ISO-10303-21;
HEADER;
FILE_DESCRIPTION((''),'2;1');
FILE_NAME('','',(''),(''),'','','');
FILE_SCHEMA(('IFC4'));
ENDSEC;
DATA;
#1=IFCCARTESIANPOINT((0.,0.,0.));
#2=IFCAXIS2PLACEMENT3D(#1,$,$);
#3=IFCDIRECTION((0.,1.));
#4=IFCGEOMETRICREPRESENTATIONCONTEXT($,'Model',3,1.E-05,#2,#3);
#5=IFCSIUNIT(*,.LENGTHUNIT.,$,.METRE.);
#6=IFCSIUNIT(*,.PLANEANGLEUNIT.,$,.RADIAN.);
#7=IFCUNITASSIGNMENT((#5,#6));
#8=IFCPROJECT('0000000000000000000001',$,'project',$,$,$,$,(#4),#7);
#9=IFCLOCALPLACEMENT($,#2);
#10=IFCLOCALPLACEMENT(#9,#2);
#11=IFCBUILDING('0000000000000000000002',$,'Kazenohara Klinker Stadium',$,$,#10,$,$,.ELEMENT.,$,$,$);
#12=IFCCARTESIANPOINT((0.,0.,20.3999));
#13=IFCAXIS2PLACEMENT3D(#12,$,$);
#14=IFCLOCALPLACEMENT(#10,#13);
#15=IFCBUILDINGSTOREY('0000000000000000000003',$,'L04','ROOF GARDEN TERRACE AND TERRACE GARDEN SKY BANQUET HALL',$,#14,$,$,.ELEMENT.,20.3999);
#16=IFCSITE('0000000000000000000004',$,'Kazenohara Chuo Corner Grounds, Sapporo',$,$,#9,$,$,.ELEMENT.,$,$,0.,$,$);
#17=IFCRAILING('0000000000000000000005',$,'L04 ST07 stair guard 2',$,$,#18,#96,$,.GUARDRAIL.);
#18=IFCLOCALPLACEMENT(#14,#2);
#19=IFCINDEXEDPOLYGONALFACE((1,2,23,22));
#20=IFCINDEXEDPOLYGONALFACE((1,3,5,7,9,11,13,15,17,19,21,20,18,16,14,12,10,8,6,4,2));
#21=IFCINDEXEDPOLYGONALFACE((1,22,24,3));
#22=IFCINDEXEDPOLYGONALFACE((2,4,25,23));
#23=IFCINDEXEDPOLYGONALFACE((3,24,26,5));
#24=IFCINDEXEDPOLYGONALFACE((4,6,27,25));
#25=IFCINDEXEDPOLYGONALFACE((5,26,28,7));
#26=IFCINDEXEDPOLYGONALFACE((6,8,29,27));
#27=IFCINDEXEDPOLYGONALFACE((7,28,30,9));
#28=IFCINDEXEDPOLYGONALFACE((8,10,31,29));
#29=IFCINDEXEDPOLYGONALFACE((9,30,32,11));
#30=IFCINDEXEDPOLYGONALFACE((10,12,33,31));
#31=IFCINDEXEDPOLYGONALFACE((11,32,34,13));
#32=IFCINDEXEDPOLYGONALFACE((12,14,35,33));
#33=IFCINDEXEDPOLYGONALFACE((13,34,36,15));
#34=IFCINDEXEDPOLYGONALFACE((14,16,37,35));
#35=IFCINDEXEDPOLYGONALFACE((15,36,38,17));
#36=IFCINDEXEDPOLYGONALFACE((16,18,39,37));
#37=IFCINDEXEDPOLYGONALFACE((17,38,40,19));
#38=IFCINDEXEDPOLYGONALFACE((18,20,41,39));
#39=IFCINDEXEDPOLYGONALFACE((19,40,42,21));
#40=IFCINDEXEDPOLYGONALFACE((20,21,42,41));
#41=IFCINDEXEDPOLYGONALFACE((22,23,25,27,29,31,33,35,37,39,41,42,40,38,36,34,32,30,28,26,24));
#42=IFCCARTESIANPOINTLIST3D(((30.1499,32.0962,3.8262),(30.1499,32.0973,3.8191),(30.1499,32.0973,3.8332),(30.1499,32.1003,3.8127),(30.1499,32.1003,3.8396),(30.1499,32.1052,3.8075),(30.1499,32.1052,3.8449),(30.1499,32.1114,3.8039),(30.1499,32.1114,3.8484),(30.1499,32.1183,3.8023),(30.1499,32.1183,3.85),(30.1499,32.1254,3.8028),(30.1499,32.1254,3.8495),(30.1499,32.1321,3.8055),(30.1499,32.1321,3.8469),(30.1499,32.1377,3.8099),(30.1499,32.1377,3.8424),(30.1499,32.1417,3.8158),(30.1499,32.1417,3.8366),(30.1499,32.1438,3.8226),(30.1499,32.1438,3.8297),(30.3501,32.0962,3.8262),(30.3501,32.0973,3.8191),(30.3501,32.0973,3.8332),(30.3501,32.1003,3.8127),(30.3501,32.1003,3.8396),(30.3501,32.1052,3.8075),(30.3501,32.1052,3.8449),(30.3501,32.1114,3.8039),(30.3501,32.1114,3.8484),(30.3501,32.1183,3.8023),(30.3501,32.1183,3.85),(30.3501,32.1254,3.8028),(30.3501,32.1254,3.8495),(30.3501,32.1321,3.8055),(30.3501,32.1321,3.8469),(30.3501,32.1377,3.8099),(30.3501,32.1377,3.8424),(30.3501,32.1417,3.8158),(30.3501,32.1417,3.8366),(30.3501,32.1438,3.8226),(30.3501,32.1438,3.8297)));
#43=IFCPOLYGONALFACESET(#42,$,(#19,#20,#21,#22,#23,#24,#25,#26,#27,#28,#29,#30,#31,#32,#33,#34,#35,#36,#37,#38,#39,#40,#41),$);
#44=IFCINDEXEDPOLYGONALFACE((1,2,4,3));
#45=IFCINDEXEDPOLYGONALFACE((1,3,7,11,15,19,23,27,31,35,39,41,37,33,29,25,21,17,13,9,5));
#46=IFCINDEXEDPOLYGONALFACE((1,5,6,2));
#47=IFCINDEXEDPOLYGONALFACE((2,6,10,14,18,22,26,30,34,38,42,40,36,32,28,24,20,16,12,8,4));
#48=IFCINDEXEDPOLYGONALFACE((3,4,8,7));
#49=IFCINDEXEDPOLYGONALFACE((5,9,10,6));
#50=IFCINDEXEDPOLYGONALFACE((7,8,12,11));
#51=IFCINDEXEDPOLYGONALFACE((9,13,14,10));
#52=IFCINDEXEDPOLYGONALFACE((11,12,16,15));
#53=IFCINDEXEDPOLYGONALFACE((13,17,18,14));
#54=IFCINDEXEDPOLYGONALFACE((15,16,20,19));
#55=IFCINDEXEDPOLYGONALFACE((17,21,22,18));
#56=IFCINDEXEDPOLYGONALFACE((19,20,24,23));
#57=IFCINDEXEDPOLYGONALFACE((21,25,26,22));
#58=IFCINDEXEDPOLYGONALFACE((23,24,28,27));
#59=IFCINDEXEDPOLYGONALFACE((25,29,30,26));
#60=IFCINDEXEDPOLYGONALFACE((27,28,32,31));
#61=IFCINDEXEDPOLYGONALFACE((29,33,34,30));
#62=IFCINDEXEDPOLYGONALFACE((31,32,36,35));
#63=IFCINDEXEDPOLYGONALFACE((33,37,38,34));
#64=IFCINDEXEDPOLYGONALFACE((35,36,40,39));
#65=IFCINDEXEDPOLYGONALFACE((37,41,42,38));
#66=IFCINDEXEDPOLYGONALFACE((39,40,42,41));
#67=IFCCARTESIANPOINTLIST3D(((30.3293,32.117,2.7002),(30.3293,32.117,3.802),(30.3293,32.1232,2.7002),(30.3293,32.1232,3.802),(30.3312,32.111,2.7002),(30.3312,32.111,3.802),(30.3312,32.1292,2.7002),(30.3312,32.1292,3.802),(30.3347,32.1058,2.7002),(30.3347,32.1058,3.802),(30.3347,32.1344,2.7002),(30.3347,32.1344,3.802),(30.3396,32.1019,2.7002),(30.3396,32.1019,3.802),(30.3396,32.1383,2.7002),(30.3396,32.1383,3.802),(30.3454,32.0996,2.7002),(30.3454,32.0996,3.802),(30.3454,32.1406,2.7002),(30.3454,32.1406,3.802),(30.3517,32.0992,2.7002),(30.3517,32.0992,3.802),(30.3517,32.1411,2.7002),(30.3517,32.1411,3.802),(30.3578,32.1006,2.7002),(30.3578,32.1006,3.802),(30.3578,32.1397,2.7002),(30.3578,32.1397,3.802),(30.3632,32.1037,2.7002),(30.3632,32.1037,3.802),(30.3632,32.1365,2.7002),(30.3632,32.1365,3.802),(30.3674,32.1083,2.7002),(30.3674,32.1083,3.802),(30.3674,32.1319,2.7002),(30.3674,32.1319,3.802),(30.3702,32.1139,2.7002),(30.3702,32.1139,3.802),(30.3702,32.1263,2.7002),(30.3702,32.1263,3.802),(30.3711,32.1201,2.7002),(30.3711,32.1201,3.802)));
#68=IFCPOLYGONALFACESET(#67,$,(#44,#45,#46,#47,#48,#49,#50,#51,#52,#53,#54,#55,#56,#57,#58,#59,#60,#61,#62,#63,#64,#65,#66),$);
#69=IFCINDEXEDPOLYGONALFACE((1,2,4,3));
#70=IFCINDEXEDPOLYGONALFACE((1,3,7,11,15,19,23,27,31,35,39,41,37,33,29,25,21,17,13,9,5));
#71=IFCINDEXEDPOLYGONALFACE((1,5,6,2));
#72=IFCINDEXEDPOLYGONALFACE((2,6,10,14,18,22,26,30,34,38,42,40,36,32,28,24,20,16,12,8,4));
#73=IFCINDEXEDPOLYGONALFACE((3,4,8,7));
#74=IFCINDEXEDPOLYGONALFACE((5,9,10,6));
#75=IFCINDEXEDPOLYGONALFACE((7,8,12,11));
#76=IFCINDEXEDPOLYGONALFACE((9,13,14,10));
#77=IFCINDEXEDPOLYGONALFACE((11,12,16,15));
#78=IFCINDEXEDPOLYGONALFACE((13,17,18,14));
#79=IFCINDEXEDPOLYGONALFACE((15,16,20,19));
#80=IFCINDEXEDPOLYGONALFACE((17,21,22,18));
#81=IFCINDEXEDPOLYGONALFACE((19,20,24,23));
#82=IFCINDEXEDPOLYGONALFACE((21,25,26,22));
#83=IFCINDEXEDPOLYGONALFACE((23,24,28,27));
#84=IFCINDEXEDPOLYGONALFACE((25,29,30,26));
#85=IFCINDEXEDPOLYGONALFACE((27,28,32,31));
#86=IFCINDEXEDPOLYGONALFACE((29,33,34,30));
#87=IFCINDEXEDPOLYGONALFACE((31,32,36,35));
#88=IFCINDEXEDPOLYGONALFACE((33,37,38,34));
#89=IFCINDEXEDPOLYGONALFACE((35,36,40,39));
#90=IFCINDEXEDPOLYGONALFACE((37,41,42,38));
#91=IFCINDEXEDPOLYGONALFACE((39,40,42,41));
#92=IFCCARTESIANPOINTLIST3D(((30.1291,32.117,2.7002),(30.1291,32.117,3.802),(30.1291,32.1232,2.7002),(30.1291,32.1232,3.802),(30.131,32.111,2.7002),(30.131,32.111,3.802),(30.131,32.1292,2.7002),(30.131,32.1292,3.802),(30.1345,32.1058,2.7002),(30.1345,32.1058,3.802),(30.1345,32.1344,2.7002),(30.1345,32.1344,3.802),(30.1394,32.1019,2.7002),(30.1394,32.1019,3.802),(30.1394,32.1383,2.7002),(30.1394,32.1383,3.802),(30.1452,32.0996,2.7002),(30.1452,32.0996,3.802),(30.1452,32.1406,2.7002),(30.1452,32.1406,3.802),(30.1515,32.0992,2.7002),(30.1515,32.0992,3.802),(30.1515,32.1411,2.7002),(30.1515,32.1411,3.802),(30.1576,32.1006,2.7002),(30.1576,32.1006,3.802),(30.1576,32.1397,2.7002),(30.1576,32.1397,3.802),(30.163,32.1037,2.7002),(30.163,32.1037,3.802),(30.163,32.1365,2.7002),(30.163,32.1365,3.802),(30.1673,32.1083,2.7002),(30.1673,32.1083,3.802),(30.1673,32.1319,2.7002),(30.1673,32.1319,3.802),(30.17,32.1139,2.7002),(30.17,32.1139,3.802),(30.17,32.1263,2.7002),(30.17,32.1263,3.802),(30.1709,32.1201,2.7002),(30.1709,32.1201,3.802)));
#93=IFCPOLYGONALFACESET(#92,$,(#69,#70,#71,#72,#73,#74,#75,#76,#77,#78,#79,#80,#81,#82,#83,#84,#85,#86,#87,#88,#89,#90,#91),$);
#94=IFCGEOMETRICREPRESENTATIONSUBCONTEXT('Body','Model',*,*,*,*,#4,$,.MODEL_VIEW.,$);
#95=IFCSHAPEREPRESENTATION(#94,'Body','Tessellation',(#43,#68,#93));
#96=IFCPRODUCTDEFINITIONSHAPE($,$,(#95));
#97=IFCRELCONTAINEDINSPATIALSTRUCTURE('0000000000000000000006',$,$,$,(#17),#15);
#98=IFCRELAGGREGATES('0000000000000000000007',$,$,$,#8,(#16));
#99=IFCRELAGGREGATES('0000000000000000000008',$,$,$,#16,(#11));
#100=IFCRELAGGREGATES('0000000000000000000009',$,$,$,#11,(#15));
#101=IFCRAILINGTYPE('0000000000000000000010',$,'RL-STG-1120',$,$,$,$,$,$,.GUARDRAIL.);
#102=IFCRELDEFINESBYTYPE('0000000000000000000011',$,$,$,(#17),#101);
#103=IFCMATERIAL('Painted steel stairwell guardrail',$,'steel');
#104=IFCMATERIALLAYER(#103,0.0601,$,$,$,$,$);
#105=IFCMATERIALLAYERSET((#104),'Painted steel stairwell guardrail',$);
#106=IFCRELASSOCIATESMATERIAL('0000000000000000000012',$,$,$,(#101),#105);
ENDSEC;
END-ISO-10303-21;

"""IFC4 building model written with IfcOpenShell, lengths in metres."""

from ifc_helpers import new_model, si_unit, direction, frame, origin, origin_2d, place, context, subcontext, project, spatial, circle, extrude, material, layer, layer_set, type_object, element, save


model = new_model("IFC4")

# Units and contexts
model_context = context("Model", 3, precision=1e-05, world=origin(), true_north=direction((0.0, 1.0)))
body_context = subcontext(model_context, "Body", "Model", "MODEL_VIEW")
ifc_project = project(units=[si_unit("LENGTHUNIT", "METRE"), si_unit("PLANEANGLEUNIT", "RADIAN")], contexts=[model_context])

# Site, building, storey
site_placement = place(None, origin())
site = spatial("IfcSite", under=ifc_project, at=site_placement, Name="Kazenohara Chuo Corner Grounds, Sapporo", CompositionType="ELEMENT", RefElevation=0.0)
building_placement = place(site_placement, origin())
building = spatial("IfcBuilding", under=site, at=building_placement, Name="Kazenohara Klinker Stadium", CompositionType="ELEMENT")
storey_placement = place(building_placement, frame((0.0, 0.0, 20.3999)))
storey = spatial("IfcBuildingStorey", under=building, at=storey_placement, Name="L04", Description="ROOF GARDEN TERRACE AND TERRACE GARDEN SKY BANQUET HALL", CompositionType="ELEMENT", Elevation=20.3999)

# Railing
ifc_material_1 = material(Name="Painted steel stairwell guardrail", Category="steel")
ifc_layer_1 = layer(ifc_material_1, 0.0601)
ifc_layer_set_1 = layer_set([ifc_layer_1], Name="Painted steel stairwell guardrail")
railing_type_1 = type_object("IfcRailingType", Name="RL-STG-1120", PredefinedType="GUARDRAIL", material=ifc_layer_set_1)
railing_1_placement = place(storey_placement, frame((30.3501, 32.1201, 2.7002)))
element("IfcRailing", 1, at=railing_1_placement, inside=storey, type_object=railing_type_1, Name="L04 ST07 stair guard 2", PredefinedType="GUARDRAIL", context=body_context, shape_type="SweptSolid", body=[
    extrude(circle(Radius=0.0239, at=origin_2d()), frame((0.0, 0.0, 1.126), z_axis=(-1.0, 0.0, 0.0), x_axis=(0.0, -1.0, 0.0)), (0.0, 0.0, 1.0), 0.2002),
    extrude(circle(Radius=0.021, at=origin_2d()), origin(), (0.0, 0.0, 1.0), 1.1018),
    extrude(circle(Radius=0.021, at=origin_2d()), frame((-0.2002, 0.0, 0.0)), (0.0, 0.0, 1.0), 1.1018),
])

save(model, "model.ifc")
